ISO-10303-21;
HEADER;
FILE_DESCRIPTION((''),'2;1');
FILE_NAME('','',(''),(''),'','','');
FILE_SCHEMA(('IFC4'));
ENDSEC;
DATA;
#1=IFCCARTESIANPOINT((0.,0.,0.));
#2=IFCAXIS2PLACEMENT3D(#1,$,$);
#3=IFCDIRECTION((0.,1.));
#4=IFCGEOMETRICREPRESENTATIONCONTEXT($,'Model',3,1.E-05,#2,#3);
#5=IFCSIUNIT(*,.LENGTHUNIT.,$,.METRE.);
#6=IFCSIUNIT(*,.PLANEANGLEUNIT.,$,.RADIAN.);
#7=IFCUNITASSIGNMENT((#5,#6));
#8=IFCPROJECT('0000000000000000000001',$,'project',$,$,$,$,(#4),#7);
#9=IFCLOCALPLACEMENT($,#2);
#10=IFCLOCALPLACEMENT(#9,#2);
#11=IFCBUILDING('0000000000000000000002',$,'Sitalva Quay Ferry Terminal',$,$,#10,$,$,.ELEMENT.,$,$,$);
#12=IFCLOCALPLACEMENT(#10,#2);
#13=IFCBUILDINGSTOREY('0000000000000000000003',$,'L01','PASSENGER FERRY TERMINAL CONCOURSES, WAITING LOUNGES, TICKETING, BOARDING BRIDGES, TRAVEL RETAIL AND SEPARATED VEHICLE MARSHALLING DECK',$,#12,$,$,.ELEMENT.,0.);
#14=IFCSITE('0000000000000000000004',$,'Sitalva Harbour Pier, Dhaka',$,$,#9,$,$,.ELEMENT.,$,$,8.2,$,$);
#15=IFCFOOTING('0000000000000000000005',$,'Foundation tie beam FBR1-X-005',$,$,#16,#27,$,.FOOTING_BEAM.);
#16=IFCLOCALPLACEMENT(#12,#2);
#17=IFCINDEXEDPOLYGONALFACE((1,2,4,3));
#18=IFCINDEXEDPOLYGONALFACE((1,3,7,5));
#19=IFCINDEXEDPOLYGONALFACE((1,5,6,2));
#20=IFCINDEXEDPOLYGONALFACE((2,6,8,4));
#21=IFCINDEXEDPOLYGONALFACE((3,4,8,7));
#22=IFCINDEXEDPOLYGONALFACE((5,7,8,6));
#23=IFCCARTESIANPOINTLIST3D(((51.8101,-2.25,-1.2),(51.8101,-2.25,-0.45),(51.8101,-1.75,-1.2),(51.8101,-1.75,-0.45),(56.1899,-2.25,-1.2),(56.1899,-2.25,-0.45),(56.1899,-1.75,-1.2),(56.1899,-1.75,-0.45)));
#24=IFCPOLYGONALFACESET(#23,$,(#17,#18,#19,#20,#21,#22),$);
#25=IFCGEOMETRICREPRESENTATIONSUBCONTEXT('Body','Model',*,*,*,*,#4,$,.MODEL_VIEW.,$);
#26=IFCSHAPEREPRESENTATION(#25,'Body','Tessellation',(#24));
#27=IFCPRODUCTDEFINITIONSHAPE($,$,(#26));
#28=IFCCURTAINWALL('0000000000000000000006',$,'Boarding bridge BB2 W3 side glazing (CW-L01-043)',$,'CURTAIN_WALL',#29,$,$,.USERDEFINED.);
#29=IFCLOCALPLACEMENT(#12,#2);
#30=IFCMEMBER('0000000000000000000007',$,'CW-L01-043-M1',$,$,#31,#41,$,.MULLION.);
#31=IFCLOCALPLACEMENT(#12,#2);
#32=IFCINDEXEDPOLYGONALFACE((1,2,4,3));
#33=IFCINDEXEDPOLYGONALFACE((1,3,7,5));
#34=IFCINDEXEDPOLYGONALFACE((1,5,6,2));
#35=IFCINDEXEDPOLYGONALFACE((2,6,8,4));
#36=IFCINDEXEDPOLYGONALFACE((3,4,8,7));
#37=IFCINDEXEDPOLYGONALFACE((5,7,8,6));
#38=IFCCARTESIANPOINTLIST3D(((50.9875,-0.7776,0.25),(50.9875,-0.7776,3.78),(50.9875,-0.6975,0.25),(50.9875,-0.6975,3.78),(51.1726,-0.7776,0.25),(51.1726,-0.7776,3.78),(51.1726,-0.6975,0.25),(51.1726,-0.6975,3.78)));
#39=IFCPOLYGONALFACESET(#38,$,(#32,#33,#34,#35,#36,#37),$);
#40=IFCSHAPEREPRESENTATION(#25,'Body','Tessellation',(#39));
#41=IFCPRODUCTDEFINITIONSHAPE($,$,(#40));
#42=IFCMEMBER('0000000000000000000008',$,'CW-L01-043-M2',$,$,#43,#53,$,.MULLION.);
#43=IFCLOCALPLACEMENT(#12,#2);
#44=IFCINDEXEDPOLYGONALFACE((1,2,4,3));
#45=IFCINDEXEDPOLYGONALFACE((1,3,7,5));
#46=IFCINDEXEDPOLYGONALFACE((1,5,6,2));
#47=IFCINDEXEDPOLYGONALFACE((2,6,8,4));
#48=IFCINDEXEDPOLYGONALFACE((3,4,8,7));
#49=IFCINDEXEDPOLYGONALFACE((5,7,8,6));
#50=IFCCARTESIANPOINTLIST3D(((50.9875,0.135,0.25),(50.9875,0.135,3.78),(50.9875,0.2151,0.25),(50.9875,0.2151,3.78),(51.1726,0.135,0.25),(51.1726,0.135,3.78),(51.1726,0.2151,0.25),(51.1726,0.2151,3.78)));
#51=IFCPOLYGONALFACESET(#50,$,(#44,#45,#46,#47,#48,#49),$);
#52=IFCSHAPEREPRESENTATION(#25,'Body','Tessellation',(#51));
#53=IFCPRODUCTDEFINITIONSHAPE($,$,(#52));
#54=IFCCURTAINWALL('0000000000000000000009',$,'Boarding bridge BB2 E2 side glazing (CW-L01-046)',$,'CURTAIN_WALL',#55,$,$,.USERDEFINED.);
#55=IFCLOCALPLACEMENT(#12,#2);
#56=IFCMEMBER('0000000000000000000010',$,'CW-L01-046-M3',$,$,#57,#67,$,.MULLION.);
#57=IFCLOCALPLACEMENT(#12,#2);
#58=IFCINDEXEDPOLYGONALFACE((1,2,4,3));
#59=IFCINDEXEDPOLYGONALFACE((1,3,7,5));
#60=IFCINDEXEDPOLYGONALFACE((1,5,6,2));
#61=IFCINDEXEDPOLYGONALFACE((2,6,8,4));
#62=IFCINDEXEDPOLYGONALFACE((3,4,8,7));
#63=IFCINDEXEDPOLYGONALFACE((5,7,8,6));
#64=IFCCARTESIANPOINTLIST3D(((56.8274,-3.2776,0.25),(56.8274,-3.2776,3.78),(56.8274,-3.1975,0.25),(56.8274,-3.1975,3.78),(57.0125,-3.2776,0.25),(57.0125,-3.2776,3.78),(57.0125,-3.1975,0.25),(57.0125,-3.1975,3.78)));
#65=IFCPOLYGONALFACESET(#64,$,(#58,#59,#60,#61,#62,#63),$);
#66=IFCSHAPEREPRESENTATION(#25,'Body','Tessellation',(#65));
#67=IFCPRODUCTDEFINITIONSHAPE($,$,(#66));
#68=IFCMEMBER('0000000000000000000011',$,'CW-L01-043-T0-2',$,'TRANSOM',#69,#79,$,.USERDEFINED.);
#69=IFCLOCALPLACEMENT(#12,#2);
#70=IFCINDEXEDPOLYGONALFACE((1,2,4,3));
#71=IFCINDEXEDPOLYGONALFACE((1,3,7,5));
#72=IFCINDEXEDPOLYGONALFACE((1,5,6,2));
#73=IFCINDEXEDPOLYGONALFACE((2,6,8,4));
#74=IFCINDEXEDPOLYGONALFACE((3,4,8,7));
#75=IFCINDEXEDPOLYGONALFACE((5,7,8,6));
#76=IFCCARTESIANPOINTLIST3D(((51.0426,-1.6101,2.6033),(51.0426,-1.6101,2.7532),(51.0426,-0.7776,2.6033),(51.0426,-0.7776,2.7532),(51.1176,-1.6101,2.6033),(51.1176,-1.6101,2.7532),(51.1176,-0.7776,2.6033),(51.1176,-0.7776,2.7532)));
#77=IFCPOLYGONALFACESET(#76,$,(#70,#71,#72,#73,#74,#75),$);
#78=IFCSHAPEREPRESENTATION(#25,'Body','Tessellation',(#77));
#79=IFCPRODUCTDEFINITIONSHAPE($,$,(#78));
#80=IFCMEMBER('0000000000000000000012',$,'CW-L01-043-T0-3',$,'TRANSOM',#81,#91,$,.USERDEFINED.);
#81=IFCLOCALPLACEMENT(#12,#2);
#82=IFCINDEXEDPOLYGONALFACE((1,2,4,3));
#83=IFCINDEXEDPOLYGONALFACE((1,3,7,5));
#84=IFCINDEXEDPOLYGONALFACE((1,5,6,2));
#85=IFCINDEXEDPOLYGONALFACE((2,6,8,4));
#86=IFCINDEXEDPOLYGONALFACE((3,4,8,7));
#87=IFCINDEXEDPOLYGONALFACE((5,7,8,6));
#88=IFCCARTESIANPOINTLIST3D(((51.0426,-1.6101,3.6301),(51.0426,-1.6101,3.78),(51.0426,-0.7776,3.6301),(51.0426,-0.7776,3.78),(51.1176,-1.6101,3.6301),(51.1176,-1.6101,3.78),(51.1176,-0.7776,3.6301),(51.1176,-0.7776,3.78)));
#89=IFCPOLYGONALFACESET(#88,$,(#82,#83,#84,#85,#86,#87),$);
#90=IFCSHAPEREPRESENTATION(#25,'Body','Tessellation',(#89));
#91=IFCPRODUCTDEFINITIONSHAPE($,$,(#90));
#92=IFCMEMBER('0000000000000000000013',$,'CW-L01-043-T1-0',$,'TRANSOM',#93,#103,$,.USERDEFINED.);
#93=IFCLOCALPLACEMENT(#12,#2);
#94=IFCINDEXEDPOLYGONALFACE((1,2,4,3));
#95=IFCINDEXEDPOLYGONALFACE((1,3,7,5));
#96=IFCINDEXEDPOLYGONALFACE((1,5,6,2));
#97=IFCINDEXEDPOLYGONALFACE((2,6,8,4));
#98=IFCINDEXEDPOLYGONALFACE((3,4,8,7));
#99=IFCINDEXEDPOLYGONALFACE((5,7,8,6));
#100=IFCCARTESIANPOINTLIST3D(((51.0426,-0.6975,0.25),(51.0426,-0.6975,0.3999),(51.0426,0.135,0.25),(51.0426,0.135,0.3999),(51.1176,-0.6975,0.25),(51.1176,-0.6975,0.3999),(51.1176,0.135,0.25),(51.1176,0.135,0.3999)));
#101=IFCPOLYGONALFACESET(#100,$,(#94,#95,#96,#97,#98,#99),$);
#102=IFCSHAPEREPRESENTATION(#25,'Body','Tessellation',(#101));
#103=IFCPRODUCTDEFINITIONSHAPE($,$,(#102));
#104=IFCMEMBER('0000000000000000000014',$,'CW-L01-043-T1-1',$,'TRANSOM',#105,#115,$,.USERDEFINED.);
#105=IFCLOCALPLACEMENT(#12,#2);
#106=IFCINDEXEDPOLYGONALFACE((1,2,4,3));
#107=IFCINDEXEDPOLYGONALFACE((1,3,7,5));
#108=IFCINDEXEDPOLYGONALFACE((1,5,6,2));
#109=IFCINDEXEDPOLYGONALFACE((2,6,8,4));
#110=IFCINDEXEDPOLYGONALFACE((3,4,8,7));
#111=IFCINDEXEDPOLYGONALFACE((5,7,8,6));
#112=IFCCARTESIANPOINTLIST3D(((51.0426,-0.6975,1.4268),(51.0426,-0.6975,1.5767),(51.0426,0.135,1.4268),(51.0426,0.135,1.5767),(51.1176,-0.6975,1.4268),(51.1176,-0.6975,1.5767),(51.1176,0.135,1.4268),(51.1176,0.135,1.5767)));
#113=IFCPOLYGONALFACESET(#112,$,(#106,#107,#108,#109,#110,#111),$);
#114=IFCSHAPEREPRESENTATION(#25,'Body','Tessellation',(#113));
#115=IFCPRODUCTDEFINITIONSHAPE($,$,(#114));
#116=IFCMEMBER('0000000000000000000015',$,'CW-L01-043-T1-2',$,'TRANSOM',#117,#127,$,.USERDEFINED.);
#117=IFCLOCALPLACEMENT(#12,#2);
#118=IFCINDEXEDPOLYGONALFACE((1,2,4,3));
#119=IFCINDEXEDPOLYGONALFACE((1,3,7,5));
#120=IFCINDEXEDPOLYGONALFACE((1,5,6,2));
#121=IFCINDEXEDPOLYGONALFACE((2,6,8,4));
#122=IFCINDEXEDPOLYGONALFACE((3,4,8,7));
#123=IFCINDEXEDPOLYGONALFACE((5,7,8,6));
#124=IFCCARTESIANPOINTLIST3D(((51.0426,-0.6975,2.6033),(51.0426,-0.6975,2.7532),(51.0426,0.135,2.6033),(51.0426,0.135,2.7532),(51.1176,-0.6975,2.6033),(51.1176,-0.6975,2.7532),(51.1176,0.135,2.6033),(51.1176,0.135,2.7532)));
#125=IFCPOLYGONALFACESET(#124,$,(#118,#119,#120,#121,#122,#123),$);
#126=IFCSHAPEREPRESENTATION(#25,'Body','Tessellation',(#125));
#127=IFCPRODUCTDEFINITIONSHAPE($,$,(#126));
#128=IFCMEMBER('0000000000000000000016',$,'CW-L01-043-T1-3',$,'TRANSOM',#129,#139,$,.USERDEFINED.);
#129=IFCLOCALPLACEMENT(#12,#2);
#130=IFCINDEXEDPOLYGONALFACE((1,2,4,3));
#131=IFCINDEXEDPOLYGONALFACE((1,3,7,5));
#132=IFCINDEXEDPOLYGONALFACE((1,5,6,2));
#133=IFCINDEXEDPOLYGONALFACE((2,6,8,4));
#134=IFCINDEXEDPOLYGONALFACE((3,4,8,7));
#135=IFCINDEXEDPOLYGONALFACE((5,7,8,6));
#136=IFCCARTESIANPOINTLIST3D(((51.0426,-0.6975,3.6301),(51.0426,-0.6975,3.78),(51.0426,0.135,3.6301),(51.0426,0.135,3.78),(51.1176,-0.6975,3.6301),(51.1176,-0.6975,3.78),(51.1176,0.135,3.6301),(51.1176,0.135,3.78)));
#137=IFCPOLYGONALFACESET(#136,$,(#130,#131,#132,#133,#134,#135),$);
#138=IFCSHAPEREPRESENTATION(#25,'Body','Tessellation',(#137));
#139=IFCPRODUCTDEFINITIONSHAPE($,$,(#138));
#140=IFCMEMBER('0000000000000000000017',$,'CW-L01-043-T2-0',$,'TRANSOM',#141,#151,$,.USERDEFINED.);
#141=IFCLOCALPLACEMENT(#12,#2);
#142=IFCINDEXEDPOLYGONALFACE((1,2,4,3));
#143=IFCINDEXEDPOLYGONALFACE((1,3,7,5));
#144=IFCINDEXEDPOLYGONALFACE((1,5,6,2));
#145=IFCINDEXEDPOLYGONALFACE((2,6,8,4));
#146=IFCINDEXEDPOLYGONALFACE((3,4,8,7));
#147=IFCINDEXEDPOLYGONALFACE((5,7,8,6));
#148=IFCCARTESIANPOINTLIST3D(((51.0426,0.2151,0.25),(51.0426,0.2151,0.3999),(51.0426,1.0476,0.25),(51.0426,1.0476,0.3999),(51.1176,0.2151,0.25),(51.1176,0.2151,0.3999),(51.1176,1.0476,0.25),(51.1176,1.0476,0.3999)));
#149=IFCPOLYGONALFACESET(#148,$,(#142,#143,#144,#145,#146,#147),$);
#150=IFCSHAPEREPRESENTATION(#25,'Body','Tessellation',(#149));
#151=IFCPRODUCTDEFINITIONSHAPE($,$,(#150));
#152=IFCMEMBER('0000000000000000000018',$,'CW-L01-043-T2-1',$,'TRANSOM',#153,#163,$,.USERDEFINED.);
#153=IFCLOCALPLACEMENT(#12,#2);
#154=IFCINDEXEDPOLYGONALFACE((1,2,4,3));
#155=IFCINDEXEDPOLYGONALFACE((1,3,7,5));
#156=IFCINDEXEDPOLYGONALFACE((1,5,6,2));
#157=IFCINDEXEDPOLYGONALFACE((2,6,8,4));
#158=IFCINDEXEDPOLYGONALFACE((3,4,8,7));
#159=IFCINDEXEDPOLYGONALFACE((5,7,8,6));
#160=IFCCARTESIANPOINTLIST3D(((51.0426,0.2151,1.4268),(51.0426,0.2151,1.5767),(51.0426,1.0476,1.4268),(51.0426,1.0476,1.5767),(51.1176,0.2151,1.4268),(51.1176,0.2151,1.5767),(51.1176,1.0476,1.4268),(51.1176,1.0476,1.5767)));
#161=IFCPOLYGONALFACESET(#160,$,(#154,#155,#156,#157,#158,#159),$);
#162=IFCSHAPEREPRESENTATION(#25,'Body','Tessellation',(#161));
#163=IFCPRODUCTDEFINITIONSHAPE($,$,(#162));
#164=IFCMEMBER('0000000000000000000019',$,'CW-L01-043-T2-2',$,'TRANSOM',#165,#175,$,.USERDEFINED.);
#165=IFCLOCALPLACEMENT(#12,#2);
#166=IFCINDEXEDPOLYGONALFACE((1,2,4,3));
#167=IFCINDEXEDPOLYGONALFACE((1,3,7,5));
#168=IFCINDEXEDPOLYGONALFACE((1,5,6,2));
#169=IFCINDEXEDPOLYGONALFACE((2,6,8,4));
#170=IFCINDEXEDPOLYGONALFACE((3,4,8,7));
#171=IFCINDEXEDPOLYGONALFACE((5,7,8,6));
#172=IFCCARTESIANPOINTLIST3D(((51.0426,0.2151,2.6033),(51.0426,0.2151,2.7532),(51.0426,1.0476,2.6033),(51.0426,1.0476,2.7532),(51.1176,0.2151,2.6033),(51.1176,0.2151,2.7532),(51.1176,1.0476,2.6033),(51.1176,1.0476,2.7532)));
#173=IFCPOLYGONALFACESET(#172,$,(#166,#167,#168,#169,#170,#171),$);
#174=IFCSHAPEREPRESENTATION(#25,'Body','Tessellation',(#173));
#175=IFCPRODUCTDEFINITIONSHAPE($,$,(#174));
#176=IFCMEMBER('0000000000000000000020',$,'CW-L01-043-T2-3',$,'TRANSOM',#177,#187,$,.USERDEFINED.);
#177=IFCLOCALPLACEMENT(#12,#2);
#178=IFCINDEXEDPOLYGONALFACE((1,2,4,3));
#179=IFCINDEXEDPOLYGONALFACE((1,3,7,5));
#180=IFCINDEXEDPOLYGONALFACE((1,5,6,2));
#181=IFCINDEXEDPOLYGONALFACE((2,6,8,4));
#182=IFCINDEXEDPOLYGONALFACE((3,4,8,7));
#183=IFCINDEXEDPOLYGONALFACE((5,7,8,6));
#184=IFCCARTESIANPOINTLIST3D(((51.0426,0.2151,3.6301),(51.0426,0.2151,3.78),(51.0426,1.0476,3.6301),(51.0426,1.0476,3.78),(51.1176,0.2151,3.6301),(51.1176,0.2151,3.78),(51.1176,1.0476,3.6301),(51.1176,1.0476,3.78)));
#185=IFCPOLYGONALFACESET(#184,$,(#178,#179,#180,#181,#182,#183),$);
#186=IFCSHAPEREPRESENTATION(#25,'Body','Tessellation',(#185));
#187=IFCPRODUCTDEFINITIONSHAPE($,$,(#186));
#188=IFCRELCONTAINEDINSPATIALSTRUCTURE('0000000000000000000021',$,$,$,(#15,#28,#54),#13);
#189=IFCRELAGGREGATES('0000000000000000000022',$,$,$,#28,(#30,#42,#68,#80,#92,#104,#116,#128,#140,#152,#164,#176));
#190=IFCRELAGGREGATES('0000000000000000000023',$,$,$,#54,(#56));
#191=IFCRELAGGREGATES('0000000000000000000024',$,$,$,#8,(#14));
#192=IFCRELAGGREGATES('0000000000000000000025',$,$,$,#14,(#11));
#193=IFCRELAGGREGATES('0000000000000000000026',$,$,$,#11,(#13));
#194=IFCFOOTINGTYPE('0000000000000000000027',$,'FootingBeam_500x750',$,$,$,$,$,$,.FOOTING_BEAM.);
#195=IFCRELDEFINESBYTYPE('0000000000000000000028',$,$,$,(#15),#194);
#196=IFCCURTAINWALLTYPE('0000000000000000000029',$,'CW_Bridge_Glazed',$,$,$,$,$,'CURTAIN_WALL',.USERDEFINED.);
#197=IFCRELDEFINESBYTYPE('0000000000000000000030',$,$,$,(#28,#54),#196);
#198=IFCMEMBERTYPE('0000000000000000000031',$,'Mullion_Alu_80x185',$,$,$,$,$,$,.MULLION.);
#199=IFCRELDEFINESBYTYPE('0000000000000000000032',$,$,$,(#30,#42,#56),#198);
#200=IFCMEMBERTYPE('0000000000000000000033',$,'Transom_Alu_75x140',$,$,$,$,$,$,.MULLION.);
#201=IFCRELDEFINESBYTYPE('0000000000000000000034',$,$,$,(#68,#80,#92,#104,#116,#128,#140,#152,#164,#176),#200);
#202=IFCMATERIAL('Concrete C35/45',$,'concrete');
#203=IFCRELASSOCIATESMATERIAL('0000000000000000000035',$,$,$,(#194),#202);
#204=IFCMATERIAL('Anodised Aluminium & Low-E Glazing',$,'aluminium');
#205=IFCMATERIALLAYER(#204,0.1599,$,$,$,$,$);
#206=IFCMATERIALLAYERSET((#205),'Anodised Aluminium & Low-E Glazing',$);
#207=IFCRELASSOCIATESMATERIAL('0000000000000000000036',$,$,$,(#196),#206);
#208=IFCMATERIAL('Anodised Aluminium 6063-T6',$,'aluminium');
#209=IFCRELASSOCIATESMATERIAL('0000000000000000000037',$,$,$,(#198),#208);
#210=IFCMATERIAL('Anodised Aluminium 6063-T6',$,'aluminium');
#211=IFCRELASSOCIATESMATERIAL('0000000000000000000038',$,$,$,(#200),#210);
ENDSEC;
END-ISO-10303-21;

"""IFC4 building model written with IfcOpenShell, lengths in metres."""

from ifc_helpers import new_model, si_unit, direction, frame, origin, origin_2d, place, context, subcontext, project, spatial, rectangle, extrude, material, layer, layer_set, material_profile, profile_set, type_object, element, aggregate, save


model = new_model("IFC4")

# Units and contexts
model_context = context("Model", 3, precision=1e-05, world=origin(), true_north=direction((0.0, 1.0)))
body_context = subcontext(model_context, "Body", "Model", "MODEL_VIEW")
ifc_project = project(units=[si_unit("LENGTHUNIT", "METRE"), si_unit("PLANEANGLEUNIT", "RADIAN")], contexts=[model_context])

# Site, building, storey
site_placement = place(None, origin())
site = spatial("IfcSite", under=ifc_project, at=site_placement, Name="Sitalva Harbour Pier, Dhaka", CompositionType="ELEMENT", RefElevation=8.2)
building_placement = place(site_placement, origin())
building = spatial("IfcBuilding", under=site, at=building_placement, Name="Sitalva Quay Ferry Terminal", CompositionType="ELEMENT")
storey_placement = place(building_placement, origin())
storey = spatial("IfcBuildingStorey", under=building, at=storey_placement, Name="L01", Description="PASSENGER FERRY TERMINAL CONCOURSES, WAITING LOUNGES, TICKETING, BOARDING BRIDGES, TRAVEL RETAIL AND SEPARATED VEHICLE MARSHALLING DECK", CompositionType="ELEMENT", Elevation=0.0)

# Footing
ifc_material_1 = material(Name="Concrete C35/45", Category="concrete")
ifc_material_profile_1 = material_profile(ifc_material_1, rectangle(XDim=0.5, YDim=0.75, at=origin_2d()), Name="RC500x750")
ifc_profile_set_1 = profile_set([ifc_material_profile_1], Name="Concrete C35/45")
footing_type = type_object("IfcFootingType", Name="FootingBeam_500x750", PredefinedType="FOOTING_BEAM", material=ifc_profile_set_1)
footing_placement = place(storey_placement, frame((51.8101, -2.0, -0.825), z_axis=(1.0, 0.0, 0.0), x_axis=(0.0, 1.0, 0.0)))
element("IfcFooting", 1, at=footing_placement, inside=storey, type_object=footing_type, Name="Foundation tie beam FBR1-X-005", PredefinedType="FOOTING_BEAM", context=body_context, shape_type="SweptSolid", body=[
    extrude(rectangle(XDim=0.5, YDim=0.75, at=origin_2d()), origin(), (0.0, 0.0, 1.0), 4.3799),
])

# Curtain wall, members
ifc_material_2 = material(Name="Anodised Aluminium & Low-E Glazing", Category="aluminium")
ifc_layer_1 = layer(ifc_material_2, 0.1599)
ifc_layer_set_1 = layer_set([ifc_layer_1], Name="Anodised Aluminium & Low-E Glazing")
curtain_wall_type = type_object("IfcCurtainWallType", Name="CW_Bridge_Glazed", ElementType="CURTAIN_WALL", PredefinedType="USERDEFINED", material=ifc_layer_set_1)
curtain_wall_1_placement = place(storey_placement, origin())
curtain_wall_1 = element("IfcCurtainWall", 2, at=curtain_wall_1_placement, inside=storey, type_object=curtain_wall_type, Name="Boarding bridge BB2 W3 side glazing (CW-L01-043)", ObjectType="CURTAIN_WALL", PredefinedType="USERDEFINED")
ifc_material_3 = material(Name="Anodised Aluminium 6063-T6", Category="aluminium")
ifc_material_profile_2 = material_profile(ifc_material_3, rectangle(XDim=0.0801, YDim=0.1851, at=origin_2d()), Name="ALU80x185")
ifc_profile_set_2 = profile_set([ifc_material_profile_2], Name="Anodised Aluminium 6063-T6")
member_type_1 = type_object("IfcMemberType", Name="Mullion_Alu_80x185", PredefinedType="MULLION", material=ifc_profile_set_2)
member_1_placement = place(storey_placement, frame((51.0801, -0.7375, 0.25), z_axis=(0.0, 0.0, 1.0), x_axis=(0.0, 1.0, 0.0)))
member_1 = element("IfcMember", 3, at=member_1_placement, type_object=member_type_1, Name="CW-L01-043-M1", PredefinedType="MULLION", context=body_context, shape_type="SweptSolid", body=[
    extrude(rectangle(XDim=0.0801, YDim=0.1851, at=origin_2d()), origin(), (0.0, 0.0, 1.0), 3.53),
])
member_2_placement = place(storey_placement, frame((51.0801, 0.175, 0.25), z_axis=(0.0, 0.0, 1.0), x_axis=(0.0, 1.0, 0.0)))
member_2 = element("IfcMember", 4, at=member_2_placement, type_object=member_type_1, Name="CW-L01-043-M2", PredefinedType="MULLION", context=body_context, shape_type="SweptSolid", body=[
    extrude(rectangle(XDim=0.0801, YDim=0.1851, at=origin_2d()), origin(), (0.0, 0.0, 1.0), 3.53),
])

# Curtain wall, member
curtain_wall_2_placement = place(storey_placement, origin())
curtain_wall_2 = element("IfcCurtainWall", 5, at=curtain_wall_2_placement, inside=storey, type_object=curtain_wall_type, Name="Boarding bridge BB2 E2 side glazing (CW-L01-046)", ObjectType="CURTAIN_WALL", PredefinedType="USERDEFINED")
member_3_placement = place(storey_placement, frame((56.9199, -3.2375, 0.25), z_axis=(0.0, 0.0, 1.0), x_axis=(0.0, 1.0, 0.0)))
member_3 = element("IfcMember", 6, at=member_3_placement, type_object=member_type_1, Name="CW-L01-046-M3", PredefinedType="MULLION", context=body_context, shape_type="SweptSolid", body=[
    extrude(rectangle(XDim=0.0801, YDim=0.1851, at=origin_2d()), origin(), (0.0, 0.0, 1.0), 3.53),
])

# Members
ifc_material_4 = material(Name="Anodised Aluminium 6063-T6", Category="aluminium")
ifc_material_profile_3 = material_profile(ifc_material_4, rectangle(XDim=0.075, YDim=0.1499, at=origin_2d()), Name="ALU75x150")
ifc_profile_set_3 = profile_set([ifc_material_profile_3], Name="Anodised Aluminium 6063-T6")
member_type_2 = type_object("IfcMemberType", Name="Transom_Alu_75x140", PredefinedType="MULLION", material=ifc_profile_set_3)
member_4_placement = place(storey_placement, frame((51.0801, -1.6101, 2.6782), z_axis=(0.0, 1.0, 0.0), x_axis=(-1.0, 0.0, 0.0)))
member_4 = element("IfcMember", 7, at=member_4_placement, type_object=member_type_2, Name="CW-L01-043-T0-2", ObjectType="TRANSOM", PredefinedType="USERDEFINED", context=body_context, shape_type="SweptSolid", body=[
    extrude(rectangle(XDim=0.075, YDim=0.1499, at=origin_2d()), origin(), (0.0, 0.0, 1.0), 0.8325),
])
member_5_placement = place(storey_placement, frame((51.0801, -1.6101, 3.7051), z_axis=(0.0, 1.0, 0.0), x_axis=(-1.0, 0.0, 0.0)))
member_5 = element("IfcMember", 8, at=member_5_placement, type_object=member_type_2, Name="CW-L01-043-T0-3", ObjectType="TRANSOM", PredefinedType="USERDEFINED", context=body_context, shape_type="SweptSolid", body=[
    extrude(rectangle(XDim=0.075, YDim=0.1499, at=origin_2d()), origin(), (0.0, 0.0, 1.0), 0.8325),
])
member_6_placement = place(storey_placement, frame((51.0801, -0.6975, 0.325), z_axis=(0.0, 1.0, 0.0), x_axis=(-1.0, 0.0, 0.0)))
member_6 = element("IfcMember", 9, at=member_6_placement, type_object=member_type_2, Name="CW-L01-043-T1-0", ObjectType="TRANSOM", PredefinedType="USERDEFINED", context=body_context, shape_type="SweptSolid", body=[
    extrude(rectangle(XDim=0.075, YDim=0.1499, at=origin_2d()), origin(), (0.0, 0.0, 1.0), 0.8325),
])
member_7_placement = place(storey_placement, frame((51.0801, -0.6975, 1.5017), z_axis=(0.0, 1.0, 0.0), x_axis=(-1.0, 0.0, 0.0)))
member_7 = element("IfcMember", 10, at=member_7_placement, type_object=member_type_2, Name="CW-L01-043-T1-1", ObjectType="TRANSOM", PredefinedType="USERDEFINED", context=body_context, shape_type="SweptSolid", body=[
    extrude(rectangle(XDim=0.075, YDim=0.1499, at=origin_2d()), origin(), (0.0, 0.0, 1.0), 0.8325),
])
member_8_placement = place(storey_placement, frame((51.0801, -0.6975, 2.6782), z_axis=(0.0, 1.0, 0.0), x_axis=(-1.0, 0.0, 0.0)))
member_8 = element("IfcMember", 11, at=member_8_placement, type_object=member_type_2, Name="CW-L01-043-T1-2", ObjectType="TRANSOM", PredefinedType="USERDEFINED", context=body_context, shape_type="SweptSolid", body=[
    extrude(rectangle(XDim=0.075, YDim=0.1499, at=origin_2d()), origin(), (0.0, 0.0, 1.0), 0.8325),
])
member_9_placement = place(storey_placement, frame((51.0801, -0.6975, 3.7051), z_axis=(0.0, 1.0, 0.0), x_axis=(-1.0, 0.0, 0.0)))
member_9 = element("IfcMember", 12, at=member_9_placement, type_object=member_type_2, Name="CW-L01-043-T1-3", ObjectType="TRANSOM", PredefinedType="USERDEFINED", context=body_context, shape_type="SweptSolid", body=[
    extrude(rectangle(XDim=0.075, YDim=0.1499, at=origin_2d()), origin(), (0.0, 0.0, 1.0), 0.8325),
])
member_10_placement = place(storey_placement, frame((51.0801, 0.2151, 0.325), z_axis=(0.0, 1.0, 0.0), x_axis=(-1.0, 0.0, 0.0)))
member_10 = element("IfcMember", 13, at=member_10_placement, type_object=member_type_2, Name="CW-L01-043-T2-0", ObjectType="TRANSOM", PredefinedType="USERDEFINED", context=body_context, shape_type="SweptSolid", body=[
    extrude(rectangle(XDim=0.075, YDim=0.1499, at=origin_2d()), origin(), (0.0, 0.0, 1.0), 0.8325),
])
member_11_placement = place(storey_placement, frame((51.0801, 0.2151, 1.5017), z_axis=(0.0, 1.0, 0.0), x_axis=(-1.0, 0.0, 0.0)))
member_11 = element("IfcMember", 14, at=member_11_placement, type_object=member_type_2, Name="CW-L01-043-T2-1", ObjectType="TRANSOM", PredefinedType="USERDEFINED", context=body_context, shape_type="SweptSolid", body=[
    extrude(rectangle(XDim=0.075, YDim=0.1499, at=origin_2d()), origin(), (0.0, 0.0, 1.0), 0.8325),
])
member_12_placement = place(storey_placement, frame((51.0801, 0.2151, 2.6782), z_axis=(0.0, 1.0, 0.0), x_axis=(-1.0, 0.0, 0.0)))
member_12 = element("IfcMember", 15, at=member_12_placement, type_object=member_type_2, Name="CW-L01-043-T2-2", ObjectType="TRANSOM", PredefinedType="USERDEFINED", context=body_context, shape_type="SweptSolid", body=[
    extrude(rectangle(XDim=0.075, YDim=0.1499, at=origin_2d()), origin(), (0.0, 0.0, 1.0), 0.8325),
])
member_13_placement = place(storey_placement, frame((51.0801, 0.2151, 3.7051), z_axis=(0.0, 1.0, 0.0), x_axis=(-1.0, 0.0, 0.0)))
member_13 = element("IfcMember", 16, at=member_13_placement, type_object=member_type_2, Name="CW-L01-043-T2-3", ObjectType="TRANSOM", PredefinedType="USERDEFINED", context=body_context, shape_type="SweptSolid", body=[
    extrude(rectangle(XDim=0.075, YDim=0.1499, at=origin_2d()), origin(), (0.0, 0.0, 1.0), 0.8325),
])

aggregate(curtain_wall_1, [member_1, member_2, member_4, member_5, member_6, member_7, member_8, member_9, member_10, member_11, member_12, member_13])
aggregate(curtain_wall_2, [member_3])

save(model, "model.ifc")
